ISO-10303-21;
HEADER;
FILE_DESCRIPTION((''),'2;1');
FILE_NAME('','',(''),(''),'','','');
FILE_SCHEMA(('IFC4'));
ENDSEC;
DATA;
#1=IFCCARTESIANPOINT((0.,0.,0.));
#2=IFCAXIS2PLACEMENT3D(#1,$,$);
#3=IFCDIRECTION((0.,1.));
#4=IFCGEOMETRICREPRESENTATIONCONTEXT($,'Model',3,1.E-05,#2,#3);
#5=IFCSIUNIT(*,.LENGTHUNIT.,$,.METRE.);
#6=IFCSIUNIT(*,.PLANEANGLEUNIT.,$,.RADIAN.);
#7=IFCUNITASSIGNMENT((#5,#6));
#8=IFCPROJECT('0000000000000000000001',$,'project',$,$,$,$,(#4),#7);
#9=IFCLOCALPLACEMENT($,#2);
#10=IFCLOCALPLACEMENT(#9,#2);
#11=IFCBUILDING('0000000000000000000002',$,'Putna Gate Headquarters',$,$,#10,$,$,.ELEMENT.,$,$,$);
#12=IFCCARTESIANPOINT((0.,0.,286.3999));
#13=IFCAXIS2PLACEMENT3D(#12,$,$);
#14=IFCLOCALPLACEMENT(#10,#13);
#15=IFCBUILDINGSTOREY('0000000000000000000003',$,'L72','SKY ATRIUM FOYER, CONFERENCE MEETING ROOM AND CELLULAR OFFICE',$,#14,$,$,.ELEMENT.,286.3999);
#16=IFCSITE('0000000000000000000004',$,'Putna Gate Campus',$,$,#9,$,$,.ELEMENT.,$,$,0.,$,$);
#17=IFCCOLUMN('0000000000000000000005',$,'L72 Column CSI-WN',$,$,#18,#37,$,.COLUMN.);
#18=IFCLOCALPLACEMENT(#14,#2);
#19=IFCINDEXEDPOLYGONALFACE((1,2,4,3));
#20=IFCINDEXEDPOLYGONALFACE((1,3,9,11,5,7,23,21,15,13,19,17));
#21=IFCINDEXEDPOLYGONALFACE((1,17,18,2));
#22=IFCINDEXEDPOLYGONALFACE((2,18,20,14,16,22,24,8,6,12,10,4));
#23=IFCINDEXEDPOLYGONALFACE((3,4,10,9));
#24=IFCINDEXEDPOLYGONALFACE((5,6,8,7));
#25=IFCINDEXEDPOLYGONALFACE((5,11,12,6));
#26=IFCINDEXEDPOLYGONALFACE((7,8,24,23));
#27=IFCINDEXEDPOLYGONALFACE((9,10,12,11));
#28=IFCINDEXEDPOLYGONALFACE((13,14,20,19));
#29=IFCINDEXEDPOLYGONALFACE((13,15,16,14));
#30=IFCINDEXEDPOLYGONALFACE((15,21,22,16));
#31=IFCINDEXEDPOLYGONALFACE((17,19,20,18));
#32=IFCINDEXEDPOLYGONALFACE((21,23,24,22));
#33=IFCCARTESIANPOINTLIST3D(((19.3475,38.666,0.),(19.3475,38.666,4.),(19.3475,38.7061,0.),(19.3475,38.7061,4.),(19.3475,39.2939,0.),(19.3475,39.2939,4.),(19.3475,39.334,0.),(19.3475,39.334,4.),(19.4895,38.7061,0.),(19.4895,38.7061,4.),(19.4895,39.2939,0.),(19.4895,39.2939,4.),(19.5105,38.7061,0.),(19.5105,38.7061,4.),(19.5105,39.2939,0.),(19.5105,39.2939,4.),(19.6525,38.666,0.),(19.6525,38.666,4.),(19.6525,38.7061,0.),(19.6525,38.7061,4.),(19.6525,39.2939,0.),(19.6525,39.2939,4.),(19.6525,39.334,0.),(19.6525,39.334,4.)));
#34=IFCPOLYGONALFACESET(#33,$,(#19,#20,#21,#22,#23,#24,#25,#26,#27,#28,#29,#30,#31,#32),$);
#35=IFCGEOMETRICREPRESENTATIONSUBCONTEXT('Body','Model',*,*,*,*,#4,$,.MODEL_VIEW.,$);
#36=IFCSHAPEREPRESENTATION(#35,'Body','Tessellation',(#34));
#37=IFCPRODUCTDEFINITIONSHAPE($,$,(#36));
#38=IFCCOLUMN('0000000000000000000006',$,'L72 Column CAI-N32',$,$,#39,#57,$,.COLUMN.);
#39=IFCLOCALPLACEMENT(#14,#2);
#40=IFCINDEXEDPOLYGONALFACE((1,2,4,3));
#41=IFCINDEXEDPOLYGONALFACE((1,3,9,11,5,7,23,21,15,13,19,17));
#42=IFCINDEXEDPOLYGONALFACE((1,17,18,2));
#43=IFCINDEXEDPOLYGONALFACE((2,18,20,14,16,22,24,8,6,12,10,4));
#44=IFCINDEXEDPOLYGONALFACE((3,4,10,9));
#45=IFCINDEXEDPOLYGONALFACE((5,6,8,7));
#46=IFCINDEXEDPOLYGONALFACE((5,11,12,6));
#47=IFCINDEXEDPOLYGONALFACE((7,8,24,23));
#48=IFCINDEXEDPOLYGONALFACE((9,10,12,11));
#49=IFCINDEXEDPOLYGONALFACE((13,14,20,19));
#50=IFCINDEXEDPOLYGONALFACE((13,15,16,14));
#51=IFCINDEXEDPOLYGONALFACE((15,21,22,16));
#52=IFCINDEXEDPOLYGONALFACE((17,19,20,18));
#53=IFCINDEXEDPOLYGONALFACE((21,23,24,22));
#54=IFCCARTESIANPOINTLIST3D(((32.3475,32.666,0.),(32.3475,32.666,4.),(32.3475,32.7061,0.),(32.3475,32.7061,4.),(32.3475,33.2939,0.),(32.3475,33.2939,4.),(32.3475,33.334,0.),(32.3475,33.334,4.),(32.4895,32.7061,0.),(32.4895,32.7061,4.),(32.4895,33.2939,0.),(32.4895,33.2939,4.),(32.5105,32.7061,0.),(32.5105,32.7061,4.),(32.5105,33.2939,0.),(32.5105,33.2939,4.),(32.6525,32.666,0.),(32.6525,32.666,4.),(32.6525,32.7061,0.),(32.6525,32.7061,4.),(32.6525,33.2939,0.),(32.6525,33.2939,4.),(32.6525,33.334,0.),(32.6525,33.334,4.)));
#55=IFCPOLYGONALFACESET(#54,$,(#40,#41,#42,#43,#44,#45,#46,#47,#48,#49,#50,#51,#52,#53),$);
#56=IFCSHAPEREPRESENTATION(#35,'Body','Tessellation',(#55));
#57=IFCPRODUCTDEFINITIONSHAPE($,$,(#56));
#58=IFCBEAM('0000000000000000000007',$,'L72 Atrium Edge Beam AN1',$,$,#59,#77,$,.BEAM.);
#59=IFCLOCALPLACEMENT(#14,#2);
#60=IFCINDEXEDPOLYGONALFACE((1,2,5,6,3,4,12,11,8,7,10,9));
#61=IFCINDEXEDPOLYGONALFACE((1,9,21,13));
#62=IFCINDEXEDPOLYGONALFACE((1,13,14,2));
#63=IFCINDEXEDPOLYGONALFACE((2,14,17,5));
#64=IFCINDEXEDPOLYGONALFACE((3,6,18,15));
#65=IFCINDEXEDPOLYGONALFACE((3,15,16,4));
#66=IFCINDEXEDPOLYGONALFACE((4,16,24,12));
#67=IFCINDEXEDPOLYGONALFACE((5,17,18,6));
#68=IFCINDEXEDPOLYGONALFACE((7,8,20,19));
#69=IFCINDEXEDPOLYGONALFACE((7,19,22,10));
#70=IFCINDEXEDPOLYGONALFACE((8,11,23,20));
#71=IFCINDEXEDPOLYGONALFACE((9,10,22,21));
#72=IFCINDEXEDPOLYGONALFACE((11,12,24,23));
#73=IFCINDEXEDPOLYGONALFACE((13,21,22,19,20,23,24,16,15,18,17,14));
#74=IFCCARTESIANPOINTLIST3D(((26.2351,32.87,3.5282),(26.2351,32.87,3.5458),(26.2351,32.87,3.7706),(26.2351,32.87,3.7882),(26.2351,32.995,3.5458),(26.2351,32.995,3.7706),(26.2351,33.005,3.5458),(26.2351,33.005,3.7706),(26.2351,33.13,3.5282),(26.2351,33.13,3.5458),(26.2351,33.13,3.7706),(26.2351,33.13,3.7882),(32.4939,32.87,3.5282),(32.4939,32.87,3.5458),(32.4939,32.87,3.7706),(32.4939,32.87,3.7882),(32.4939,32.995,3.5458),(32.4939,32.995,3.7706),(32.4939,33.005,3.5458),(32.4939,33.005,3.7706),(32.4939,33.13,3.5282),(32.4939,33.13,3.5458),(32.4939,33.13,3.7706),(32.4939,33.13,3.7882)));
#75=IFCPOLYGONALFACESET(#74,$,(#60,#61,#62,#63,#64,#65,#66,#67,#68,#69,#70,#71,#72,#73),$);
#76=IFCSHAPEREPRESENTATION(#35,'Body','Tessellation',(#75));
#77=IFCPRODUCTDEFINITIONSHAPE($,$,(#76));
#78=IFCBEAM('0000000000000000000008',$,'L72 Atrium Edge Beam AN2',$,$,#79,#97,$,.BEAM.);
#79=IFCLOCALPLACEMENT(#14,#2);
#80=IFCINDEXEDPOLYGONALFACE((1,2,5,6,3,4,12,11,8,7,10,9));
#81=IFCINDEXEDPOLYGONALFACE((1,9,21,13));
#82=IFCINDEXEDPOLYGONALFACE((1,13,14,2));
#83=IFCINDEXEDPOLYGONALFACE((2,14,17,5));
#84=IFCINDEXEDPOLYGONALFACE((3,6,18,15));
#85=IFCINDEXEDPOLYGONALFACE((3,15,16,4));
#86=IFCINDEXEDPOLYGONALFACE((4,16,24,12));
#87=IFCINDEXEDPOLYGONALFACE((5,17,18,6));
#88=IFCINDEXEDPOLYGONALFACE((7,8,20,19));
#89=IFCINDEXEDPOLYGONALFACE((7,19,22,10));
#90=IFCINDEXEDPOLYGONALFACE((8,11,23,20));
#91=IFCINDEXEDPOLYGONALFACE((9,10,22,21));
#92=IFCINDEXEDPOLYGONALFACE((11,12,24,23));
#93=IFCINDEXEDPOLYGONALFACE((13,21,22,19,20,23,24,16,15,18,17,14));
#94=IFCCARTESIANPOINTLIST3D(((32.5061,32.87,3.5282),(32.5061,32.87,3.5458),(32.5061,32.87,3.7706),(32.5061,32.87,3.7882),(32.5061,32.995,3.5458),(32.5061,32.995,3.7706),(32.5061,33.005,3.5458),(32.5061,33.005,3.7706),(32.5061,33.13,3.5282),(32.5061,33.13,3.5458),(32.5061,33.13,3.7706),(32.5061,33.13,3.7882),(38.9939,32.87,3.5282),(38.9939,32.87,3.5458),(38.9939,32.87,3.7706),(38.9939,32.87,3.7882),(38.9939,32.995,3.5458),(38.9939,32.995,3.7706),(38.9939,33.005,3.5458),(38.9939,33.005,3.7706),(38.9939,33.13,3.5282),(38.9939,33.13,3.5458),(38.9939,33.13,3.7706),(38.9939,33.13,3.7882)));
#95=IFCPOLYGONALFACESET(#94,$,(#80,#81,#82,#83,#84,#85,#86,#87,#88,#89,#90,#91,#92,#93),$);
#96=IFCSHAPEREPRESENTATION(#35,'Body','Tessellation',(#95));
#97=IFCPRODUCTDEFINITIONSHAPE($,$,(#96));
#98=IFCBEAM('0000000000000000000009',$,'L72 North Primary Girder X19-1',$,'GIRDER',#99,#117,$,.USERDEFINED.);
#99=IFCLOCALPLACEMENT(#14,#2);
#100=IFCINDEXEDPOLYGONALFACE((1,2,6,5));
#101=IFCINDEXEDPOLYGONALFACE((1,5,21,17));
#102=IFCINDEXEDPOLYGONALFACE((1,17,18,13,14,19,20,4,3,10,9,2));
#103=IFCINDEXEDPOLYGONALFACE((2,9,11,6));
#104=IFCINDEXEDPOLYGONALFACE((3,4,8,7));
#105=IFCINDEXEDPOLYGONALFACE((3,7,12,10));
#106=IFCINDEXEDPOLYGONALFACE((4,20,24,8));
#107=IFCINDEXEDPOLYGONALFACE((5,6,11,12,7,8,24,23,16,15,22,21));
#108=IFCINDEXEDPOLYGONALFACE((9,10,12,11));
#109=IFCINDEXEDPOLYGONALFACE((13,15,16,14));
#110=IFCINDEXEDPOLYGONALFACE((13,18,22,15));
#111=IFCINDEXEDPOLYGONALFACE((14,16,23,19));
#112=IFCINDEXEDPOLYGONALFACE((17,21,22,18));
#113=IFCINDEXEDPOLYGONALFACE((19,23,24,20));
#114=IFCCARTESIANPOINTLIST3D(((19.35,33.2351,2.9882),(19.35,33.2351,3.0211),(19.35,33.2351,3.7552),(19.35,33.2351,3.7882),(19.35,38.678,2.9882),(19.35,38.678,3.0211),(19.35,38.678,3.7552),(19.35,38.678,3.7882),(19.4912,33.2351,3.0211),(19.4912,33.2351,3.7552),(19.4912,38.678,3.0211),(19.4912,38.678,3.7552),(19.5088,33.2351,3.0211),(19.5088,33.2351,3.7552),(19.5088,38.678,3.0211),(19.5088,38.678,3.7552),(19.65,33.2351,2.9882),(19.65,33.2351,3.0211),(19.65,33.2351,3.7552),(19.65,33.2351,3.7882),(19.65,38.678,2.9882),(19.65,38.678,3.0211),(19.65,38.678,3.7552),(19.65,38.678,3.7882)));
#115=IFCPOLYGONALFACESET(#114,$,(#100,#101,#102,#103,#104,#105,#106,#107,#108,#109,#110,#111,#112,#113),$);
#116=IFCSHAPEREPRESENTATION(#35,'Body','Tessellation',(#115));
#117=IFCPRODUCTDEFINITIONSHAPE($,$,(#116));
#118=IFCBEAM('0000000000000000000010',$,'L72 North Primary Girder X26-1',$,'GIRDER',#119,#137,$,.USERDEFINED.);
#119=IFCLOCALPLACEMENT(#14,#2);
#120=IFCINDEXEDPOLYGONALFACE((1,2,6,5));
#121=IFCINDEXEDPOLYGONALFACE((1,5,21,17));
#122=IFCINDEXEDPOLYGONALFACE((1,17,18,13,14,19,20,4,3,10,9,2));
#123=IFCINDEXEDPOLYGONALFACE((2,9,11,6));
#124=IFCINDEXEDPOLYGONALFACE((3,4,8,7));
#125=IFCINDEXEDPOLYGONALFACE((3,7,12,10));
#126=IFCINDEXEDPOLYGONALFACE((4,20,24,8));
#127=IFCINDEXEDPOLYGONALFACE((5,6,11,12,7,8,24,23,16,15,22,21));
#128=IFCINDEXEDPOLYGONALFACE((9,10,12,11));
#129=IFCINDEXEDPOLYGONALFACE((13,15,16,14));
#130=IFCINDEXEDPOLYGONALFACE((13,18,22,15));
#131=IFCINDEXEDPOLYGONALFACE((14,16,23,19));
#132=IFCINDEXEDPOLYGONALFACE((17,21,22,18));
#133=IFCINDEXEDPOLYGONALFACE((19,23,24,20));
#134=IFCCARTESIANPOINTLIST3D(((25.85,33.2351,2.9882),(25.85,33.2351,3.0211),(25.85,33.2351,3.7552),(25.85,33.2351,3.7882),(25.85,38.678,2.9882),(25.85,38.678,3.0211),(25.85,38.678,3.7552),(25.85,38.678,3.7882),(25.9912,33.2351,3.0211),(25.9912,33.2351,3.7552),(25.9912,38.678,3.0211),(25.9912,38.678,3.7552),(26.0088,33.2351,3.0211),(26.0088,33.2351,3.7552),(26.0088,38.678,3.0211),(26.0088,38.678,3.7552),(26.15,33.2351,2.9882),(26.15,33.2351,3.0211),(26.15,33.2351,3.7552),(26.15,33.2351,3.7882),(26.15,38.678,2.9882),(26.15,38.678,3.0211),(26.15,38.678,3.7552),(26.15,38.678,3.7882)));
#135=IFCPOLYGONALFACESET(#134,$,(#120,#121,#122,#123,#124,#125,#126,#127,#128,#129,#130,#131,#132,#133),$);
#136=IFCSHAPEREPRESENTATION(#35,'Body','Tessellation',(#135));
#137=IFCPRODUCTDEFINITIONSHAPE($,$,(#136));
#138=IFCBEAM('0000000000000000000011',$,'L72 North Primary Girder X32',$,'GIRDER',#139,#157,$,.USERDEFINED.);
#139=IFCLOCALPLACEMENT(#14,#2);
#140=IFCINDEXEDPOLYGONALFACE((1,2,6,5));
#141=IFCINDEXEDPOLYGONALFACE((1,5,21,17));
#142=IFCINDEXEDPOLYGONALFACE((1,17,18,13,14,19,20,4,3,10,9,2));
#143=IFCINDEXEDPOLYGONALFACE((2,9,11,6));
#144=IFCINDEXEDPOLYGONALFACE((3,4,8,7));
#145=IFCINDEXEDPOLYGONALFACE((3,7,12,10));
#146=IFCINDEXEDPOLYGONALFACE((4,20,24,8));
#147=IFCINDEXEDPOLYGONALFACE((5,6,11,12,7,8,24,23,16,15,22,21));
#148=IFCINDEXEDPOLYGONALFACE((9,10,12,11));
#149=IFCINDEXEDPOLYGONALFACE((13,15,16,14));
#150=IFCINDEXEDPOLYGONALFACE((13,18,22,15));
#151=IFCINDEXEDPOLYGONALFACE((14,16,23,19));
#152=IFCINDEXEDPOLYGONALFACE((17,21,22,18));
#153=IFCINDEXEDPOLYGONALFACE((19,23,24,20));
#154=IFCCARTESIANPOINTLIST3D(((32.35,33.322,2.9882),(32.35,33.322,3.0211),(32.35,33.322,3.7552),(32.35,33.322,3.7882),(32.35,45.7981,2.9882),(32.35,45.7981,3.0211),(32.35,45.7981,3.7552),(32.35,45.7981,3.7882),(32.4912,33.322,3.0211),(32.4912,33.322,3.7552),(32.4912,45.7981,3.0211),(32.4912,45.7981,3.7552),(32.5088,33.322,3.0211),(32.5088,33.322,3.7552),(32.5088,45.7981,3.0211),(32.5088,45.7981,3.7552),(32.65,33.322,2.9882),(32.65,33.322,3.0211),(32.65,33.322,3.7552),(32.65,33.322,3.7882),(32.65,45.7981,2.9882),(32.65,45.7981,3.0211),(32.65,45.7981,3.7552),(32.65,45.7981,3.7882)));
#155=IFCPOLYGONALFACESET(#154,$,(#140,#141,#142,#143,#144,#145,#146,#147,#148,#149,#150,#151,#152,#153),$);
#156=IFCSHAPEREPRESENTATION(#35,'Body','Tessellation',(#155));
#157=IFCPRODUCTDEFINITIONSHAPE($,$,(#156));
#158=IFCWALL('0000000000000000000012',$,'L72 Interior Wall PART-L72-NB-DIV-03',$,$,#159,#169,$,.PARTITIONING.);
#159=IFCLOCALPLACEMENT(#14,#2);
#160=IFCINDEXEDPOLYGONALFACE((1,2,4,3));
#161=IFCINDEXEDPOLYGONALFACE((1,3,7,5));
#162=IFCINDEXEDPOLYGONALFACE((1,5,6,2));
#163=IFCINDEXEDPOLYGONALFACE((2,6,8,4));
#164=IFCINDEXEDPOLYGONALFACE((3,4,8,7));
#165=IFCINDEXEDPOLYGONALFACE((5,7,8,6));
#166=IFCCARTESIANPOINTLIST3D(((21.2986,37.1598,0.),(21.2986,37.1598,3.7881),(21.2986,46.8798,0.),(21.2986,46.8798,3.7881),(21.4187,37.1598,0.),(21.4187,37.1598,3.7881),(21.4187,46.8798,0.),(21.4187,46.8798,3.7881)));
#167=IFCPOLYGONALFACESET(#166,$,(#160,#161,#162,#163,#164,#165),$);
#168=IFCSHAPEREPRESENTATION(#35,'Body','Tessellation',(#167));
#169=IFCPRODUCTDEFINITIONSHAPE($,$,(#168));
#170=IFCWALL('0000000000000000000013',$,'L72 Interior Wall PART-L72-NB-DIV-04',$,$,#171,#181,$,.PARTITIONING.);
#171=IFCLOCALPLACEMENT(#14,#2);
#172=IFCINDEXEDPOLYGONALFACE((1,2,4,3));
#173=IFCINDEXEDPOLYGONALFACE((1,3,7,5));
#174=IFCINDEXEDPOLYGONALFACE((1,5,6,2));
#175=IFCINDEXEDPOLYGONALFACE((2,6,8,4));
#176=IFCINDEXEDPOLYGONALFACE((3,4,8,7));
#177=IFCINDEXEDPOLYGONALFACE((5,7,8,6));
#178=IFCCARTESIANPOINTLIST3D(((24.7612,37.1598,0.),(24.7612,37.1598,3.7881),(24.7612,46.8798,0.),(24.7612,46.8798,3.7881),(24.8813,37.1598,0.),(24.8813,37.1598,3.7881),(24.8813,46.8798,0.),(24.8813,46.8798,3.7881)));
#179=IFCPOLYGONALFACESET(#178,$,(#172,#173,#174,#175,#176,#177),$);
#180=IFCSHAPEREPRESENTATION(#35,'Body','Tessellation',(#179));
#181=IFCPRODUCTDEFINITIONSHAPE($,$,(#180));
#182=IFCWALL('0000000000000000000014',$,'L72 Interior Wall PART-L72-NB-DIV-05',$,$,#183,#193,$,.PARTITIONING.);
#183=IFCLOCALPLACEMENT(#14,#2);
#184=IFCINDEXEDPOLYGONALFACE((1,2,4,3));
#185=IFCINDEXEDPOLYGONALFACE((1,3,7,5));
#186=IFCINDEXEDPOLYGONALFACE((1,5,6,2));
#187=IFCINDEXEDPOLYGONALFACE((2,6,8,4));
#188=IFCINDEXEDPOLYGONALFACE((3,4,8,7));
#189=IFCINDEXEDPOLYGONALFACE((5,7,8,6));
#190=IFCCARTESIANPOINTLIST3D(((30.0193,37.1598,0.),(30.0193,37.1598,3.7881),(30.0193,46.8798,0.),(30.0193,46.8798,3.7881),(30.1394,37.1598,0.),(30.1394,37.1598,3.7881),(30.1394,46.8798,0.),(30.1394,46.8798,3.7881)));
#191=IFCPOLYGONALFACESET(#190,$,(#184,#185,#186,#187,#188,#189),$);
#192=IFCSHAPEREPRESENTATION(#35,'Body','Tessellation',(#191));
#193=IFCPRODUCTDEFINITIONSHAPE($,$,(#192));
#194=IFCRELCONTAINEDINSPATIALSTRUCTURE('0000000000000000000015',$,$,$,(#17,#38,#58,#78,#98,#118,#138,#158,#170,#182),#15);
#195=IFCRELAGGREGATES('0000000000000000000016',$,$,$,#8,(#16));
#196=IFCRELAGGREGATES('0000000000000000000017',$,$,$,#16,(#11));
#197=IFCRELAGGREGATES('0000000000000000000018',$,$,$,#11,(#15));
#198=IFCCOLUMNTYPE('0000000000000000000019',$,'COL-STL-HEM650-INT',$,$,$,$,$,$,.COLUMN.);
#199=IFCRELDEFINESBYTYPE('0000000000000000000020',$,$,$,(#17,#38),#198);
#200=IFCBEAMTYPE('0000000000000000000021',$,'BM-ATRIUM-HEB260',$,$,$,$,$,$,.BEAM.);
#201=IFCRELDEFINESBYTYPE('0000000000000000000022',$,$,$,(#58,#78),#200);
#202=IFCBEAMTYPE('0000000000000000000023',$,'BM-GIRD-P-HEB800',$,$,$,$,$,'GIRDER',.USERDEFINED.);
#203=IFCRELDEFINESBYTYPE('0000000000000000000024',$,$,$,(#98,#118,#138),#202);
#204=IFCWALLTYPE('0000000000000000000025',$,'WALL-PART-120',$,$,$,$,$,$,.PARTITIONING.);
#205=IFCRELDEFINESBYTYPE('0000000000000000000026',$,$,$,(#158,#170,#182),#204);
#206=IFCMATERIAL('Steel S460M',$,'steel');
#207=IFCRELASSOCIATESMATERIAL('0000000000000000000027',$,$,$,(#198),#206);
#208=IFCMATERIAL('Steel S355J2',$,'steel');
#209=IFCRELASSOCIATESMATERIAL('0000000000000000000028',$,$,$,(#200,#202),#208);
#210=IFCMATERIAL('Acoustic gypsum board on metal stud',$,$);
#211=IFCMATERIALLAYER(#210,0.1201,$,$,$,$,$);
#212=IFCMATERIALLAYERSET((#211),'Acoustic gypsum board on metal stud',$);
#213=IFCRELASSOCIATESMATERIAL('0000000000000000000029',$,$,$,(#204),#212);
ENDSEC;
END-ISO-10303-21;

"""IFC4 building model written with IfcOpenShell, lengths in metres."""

from ifc_helpers import new_model, si_unit, direction, frame, frame_2d, origin, origin_2d, place, context, subcontext, project, spatial, rectangle, i_section, extrude, material, layer, layer_set, material_profile, profile_set, type_object, element, save


model = new_model("IFC4")

# Units and contexts
model_context = context("Model", 3, precision=1e-05, world=origin(), true_north=direction((0.0, 1.0)))
body_context = subcontext(model_context, "Body", "Model", "MODEL_VIEW")
ifc_project = project(units=[si_unit("LENGTHUNIT", "METRE"), si_unit("PLANEANGLEUNIT", "RADIAN")], contexts=[model_context])

# Site, building, storey
site_placement = place(None, origin())
site = spatial("IfcSite", under=ifc_project, at=site_placement, Name="Putna Gate Campus", CompositionType="ELEMENT", RefElevation=0.0)
building_placement = place(site_placement, origin())
building = spatial("IfcBuilding", under=site, at=building_placement, Name="Putna Gate Headquarters", CompositionType="ELEMENT")
storey_placement = place(building_placement, frame((0.0, 0.0, 286.3999)))
storey = spatial("IfcBuildingStorey", under=building, at=storey_placement, Name="L72", Description="SKY ATRIUM FOYER, CONFERENCE MEETING ROOM AND CELLULAR OFFICE", CompositionType="ELEMENT", Elevation=286.3999)

# Columns
ifc_material_1 = material(Name="Steel S460M", Category="steel")
ifc_material_profile_1 = material_profile(ifc_material_1, i_section(OverallWidth=0.3049, OverallDepth=0.668, WebThickness=0.021, FlangeThickness=0.04, at=origin_2d()), Name="Steel S460M")
ifc_profile_set_1 = profile_set([ifc_material_profile_1], Name="Steel S460M")
column_type = type_object("IfcColumnType", Name="COL-STL-HEM650-INT", PredefinedType="COLUMN", material=ifc_profile_set_1)
for number, where, z_axis, x_axis, name in (
    (1, (19.5, 39.0, 0.0), (0.0, 0.0, 1.0), (1.0, 0.0, 0.0), "L72 Column CSI-WN"),
    (2, (32.5, 33.0, 0.0), (0.0, 0.0, 1.0), (1.0, 0.0, 0.0), "L72 Column CAI-N32"),
):
    element("IfcColumn", number, at=place(storey_placement, frame(where, z_axis=z_axis, x_axis=x_axis)), inside=storey, type_object=column_type, Name=name, PredefinedType="COLUMN", context=body_context, shape_type="SweptSolid", body=[
        extrude(i_section(OverallWidth=0.3049, OverallDepth=0.668, WebThickness=0.021, FlangeThickness=0.04, at=origin_2d()), origin(), (0.0, 0.0, 1.0), 4.0),
    ])

# Beams
ifc_material_2 = material(Name="Steel S355J2", Category="steel")
ifc_material_profile_2 = material_profile(ifc_material_2, i_section(OverallWidth=0.26, OverallDepth=0.26, WebThickness=0.01, FlangeThickness=0.0176, at=origin_2d()), Name="Steel S355J2")
ifc_profile_set_2 = profile_set([ifc_material_profile_2], Name="Steel S355J2")
beam_type_1 = type_object("IfcBeamType", Name="BM-ATRIUM-HEB260", PredefinedType="BEAM", material=ifc_profile_set_2)
beam_1_placement = place(storey_placement, frame((26.2351, 33.0, 3.6582), z_axis=(1.0, 0.0, 0.0), x_axis=(0.0, 1.0, 0.0)))
element("IfcBeam", 3, at=beam_1_placement, inside=storey, type_object=beam_type_1, Name="L72 Atrium Edge Beam AN1", PredefinedType="BEAM", context=body_context, shape_type="SweptSolid", body=[
    extrude(i_section(OverallWidth=0.26, OverallDepth=0.26, WebThickness=0.01, FlangeThickness=0.0176, at=origin_2d()), origin(), (0.0, 0.0, 1.0), 6.2588),
])
beam_2_placement = place(storey_placement, frame((32.5061, 33.0, 3.6582), z_axis=(1.0, 0.0, 0.0), x_axis=(0.0, 1.0, 0.0)))
element("IfcBeam", 4, at=beam_2_placement, inside=storey, type_object=beam_type_1, Name="L72 Atrium Edge Beam AN2", PredefinedType="BEAM", context=body_context, shape_type="SweptSolid", body=[
    extrude(i_section(OverallWidth=0.26, OverallDepth=0.26, WebThickness=0.01, FlangeThickness=0.0176, at=origin_2d()), origin(), (0.0, 0.0, 1.0), 6.4878),
])
ifc_material_profile_3 = material_profile(ifc_material_2, i_section(OverallWidth=0.3, OverallDepth=0.8, WebThickness=0.0176, FlangeThickness=0.033, at=origin_2d()), Name="Steel S355J2")
ifc_profile_set_3 = profile_set([ifc_material_profile_3], Name="Steel S355J2")
beam_type_2 = type_object("IfcBeamType", Name="BM-GIRD-P-HEB800", ElementType="GIRDER", PredefinedType="USERDEFINED", material=ifc_profile_set_3)
for number, where, z_axis, x_axis, name in (
    (5, (19.5, 33.2351, 3.3882), (0.0, 1.0, 0.0), (-1.0, 0.0, 0.0), "L72 North Primary Girder X19-1"),
    (6, (26.0, 33.2351, 3.3882), (0.0, 1.0, 0.0), (-1.0, 0.0, 0.0), "L72 North Primary Girder X26-1"),
):
    element("IfcBeam", number, at=place(storey_placement, frame(where, z_axis=z_axis, x_axis=x_axis)), inside=storey, type_object=beam_type_2, Name=name, ObjectType="GIRDER", PredefinedType="USERDEFINED", context=body_context, shape_type="SweptSolid", body=[
        extrude(i_section(OverallWidth=0.3, OverallDepth=0.8, WebThickness=0.0176, FlangeThickness=0.033, at=origin_2d()), origin(), (0.0, 0.0, 1.0), 5.4429),
    ])
beam_3_placement = place(storey_placement, frame((32.5, 33.322, 3.3882), z_axis=(0.0, 1.0, 0.0), x_axis=(-1.0, 0.0, 0.0)))
element("IfcBeam", 7, at=beam_3_placement, inside=storey, type_object=beam_type_2, Name="L72 North Primary Girder X32", ObjectType="GIRDER", PredefinedType="USERDEFINED", context=body_context, shape_type="SweptSolid", body=[
    extrude(i_section(OverallWidth=0.3, OverallDepth=0.8, WebThickness=0.0176, FlangeThickness=0.033, at=origin_2d()), origin(), (0.0, 0.0, 1.0), 12.4761),
])

# Walls
ifc_material_3 = material(Name="Acoustic gypsum board on metal stud")
ifc_layer_1 = layer(ifc_material_3, 0.1201)
ifc_layer_set_1 = layer_set([ifc_layer_1], Name="Acoustic gypsum board on metal stud")
wall_type_1 = type_object("IfcWallType", Name="WALL-PART-120", PredefinedType="PARTITIONING", material=ifc_layer_set_1)
for number, where, z_axis, x_axis, name in (
    (8, (21.3586, 37.1599, 0.0), (0.0, 0.0, 1.0), (0.0, 1.0, 0.0), "L72 Interior Wall PART-L72-NB-DIV-03"),
    (9, (24.8213, 37.1599, 0.0), (0.0, 0.0, 1.0), (0.0, 1.0, 0.0), "L72 Interior Wall PART-L72-NB-DIV-04"),
    (10, (30.0793, 37.1599, 0.0), (0.0, 0.0, 1.0), (0.0, 1.0, 0.0), "L72 Interior Wall PART-L72-NB-DIV-05"),
):
    element("IfcWall", number, at=place(storey_placement, frame(where, z_axis=z_axis, x_axis=x_axis)), inside=storey, type_object=wall_type_1, Name=name, PredefinedType="PARTITIONING", context=body_context, shape_type="SweptSolid", body=[
        extrude(rectangle(XDim=9.72, YDim=0.1201, at=frame_2d((4.8599, 0.0))), origin(), (0.0, 0.0, 1.0), 3.7881),
    ])

save(model, "model.ifc")
